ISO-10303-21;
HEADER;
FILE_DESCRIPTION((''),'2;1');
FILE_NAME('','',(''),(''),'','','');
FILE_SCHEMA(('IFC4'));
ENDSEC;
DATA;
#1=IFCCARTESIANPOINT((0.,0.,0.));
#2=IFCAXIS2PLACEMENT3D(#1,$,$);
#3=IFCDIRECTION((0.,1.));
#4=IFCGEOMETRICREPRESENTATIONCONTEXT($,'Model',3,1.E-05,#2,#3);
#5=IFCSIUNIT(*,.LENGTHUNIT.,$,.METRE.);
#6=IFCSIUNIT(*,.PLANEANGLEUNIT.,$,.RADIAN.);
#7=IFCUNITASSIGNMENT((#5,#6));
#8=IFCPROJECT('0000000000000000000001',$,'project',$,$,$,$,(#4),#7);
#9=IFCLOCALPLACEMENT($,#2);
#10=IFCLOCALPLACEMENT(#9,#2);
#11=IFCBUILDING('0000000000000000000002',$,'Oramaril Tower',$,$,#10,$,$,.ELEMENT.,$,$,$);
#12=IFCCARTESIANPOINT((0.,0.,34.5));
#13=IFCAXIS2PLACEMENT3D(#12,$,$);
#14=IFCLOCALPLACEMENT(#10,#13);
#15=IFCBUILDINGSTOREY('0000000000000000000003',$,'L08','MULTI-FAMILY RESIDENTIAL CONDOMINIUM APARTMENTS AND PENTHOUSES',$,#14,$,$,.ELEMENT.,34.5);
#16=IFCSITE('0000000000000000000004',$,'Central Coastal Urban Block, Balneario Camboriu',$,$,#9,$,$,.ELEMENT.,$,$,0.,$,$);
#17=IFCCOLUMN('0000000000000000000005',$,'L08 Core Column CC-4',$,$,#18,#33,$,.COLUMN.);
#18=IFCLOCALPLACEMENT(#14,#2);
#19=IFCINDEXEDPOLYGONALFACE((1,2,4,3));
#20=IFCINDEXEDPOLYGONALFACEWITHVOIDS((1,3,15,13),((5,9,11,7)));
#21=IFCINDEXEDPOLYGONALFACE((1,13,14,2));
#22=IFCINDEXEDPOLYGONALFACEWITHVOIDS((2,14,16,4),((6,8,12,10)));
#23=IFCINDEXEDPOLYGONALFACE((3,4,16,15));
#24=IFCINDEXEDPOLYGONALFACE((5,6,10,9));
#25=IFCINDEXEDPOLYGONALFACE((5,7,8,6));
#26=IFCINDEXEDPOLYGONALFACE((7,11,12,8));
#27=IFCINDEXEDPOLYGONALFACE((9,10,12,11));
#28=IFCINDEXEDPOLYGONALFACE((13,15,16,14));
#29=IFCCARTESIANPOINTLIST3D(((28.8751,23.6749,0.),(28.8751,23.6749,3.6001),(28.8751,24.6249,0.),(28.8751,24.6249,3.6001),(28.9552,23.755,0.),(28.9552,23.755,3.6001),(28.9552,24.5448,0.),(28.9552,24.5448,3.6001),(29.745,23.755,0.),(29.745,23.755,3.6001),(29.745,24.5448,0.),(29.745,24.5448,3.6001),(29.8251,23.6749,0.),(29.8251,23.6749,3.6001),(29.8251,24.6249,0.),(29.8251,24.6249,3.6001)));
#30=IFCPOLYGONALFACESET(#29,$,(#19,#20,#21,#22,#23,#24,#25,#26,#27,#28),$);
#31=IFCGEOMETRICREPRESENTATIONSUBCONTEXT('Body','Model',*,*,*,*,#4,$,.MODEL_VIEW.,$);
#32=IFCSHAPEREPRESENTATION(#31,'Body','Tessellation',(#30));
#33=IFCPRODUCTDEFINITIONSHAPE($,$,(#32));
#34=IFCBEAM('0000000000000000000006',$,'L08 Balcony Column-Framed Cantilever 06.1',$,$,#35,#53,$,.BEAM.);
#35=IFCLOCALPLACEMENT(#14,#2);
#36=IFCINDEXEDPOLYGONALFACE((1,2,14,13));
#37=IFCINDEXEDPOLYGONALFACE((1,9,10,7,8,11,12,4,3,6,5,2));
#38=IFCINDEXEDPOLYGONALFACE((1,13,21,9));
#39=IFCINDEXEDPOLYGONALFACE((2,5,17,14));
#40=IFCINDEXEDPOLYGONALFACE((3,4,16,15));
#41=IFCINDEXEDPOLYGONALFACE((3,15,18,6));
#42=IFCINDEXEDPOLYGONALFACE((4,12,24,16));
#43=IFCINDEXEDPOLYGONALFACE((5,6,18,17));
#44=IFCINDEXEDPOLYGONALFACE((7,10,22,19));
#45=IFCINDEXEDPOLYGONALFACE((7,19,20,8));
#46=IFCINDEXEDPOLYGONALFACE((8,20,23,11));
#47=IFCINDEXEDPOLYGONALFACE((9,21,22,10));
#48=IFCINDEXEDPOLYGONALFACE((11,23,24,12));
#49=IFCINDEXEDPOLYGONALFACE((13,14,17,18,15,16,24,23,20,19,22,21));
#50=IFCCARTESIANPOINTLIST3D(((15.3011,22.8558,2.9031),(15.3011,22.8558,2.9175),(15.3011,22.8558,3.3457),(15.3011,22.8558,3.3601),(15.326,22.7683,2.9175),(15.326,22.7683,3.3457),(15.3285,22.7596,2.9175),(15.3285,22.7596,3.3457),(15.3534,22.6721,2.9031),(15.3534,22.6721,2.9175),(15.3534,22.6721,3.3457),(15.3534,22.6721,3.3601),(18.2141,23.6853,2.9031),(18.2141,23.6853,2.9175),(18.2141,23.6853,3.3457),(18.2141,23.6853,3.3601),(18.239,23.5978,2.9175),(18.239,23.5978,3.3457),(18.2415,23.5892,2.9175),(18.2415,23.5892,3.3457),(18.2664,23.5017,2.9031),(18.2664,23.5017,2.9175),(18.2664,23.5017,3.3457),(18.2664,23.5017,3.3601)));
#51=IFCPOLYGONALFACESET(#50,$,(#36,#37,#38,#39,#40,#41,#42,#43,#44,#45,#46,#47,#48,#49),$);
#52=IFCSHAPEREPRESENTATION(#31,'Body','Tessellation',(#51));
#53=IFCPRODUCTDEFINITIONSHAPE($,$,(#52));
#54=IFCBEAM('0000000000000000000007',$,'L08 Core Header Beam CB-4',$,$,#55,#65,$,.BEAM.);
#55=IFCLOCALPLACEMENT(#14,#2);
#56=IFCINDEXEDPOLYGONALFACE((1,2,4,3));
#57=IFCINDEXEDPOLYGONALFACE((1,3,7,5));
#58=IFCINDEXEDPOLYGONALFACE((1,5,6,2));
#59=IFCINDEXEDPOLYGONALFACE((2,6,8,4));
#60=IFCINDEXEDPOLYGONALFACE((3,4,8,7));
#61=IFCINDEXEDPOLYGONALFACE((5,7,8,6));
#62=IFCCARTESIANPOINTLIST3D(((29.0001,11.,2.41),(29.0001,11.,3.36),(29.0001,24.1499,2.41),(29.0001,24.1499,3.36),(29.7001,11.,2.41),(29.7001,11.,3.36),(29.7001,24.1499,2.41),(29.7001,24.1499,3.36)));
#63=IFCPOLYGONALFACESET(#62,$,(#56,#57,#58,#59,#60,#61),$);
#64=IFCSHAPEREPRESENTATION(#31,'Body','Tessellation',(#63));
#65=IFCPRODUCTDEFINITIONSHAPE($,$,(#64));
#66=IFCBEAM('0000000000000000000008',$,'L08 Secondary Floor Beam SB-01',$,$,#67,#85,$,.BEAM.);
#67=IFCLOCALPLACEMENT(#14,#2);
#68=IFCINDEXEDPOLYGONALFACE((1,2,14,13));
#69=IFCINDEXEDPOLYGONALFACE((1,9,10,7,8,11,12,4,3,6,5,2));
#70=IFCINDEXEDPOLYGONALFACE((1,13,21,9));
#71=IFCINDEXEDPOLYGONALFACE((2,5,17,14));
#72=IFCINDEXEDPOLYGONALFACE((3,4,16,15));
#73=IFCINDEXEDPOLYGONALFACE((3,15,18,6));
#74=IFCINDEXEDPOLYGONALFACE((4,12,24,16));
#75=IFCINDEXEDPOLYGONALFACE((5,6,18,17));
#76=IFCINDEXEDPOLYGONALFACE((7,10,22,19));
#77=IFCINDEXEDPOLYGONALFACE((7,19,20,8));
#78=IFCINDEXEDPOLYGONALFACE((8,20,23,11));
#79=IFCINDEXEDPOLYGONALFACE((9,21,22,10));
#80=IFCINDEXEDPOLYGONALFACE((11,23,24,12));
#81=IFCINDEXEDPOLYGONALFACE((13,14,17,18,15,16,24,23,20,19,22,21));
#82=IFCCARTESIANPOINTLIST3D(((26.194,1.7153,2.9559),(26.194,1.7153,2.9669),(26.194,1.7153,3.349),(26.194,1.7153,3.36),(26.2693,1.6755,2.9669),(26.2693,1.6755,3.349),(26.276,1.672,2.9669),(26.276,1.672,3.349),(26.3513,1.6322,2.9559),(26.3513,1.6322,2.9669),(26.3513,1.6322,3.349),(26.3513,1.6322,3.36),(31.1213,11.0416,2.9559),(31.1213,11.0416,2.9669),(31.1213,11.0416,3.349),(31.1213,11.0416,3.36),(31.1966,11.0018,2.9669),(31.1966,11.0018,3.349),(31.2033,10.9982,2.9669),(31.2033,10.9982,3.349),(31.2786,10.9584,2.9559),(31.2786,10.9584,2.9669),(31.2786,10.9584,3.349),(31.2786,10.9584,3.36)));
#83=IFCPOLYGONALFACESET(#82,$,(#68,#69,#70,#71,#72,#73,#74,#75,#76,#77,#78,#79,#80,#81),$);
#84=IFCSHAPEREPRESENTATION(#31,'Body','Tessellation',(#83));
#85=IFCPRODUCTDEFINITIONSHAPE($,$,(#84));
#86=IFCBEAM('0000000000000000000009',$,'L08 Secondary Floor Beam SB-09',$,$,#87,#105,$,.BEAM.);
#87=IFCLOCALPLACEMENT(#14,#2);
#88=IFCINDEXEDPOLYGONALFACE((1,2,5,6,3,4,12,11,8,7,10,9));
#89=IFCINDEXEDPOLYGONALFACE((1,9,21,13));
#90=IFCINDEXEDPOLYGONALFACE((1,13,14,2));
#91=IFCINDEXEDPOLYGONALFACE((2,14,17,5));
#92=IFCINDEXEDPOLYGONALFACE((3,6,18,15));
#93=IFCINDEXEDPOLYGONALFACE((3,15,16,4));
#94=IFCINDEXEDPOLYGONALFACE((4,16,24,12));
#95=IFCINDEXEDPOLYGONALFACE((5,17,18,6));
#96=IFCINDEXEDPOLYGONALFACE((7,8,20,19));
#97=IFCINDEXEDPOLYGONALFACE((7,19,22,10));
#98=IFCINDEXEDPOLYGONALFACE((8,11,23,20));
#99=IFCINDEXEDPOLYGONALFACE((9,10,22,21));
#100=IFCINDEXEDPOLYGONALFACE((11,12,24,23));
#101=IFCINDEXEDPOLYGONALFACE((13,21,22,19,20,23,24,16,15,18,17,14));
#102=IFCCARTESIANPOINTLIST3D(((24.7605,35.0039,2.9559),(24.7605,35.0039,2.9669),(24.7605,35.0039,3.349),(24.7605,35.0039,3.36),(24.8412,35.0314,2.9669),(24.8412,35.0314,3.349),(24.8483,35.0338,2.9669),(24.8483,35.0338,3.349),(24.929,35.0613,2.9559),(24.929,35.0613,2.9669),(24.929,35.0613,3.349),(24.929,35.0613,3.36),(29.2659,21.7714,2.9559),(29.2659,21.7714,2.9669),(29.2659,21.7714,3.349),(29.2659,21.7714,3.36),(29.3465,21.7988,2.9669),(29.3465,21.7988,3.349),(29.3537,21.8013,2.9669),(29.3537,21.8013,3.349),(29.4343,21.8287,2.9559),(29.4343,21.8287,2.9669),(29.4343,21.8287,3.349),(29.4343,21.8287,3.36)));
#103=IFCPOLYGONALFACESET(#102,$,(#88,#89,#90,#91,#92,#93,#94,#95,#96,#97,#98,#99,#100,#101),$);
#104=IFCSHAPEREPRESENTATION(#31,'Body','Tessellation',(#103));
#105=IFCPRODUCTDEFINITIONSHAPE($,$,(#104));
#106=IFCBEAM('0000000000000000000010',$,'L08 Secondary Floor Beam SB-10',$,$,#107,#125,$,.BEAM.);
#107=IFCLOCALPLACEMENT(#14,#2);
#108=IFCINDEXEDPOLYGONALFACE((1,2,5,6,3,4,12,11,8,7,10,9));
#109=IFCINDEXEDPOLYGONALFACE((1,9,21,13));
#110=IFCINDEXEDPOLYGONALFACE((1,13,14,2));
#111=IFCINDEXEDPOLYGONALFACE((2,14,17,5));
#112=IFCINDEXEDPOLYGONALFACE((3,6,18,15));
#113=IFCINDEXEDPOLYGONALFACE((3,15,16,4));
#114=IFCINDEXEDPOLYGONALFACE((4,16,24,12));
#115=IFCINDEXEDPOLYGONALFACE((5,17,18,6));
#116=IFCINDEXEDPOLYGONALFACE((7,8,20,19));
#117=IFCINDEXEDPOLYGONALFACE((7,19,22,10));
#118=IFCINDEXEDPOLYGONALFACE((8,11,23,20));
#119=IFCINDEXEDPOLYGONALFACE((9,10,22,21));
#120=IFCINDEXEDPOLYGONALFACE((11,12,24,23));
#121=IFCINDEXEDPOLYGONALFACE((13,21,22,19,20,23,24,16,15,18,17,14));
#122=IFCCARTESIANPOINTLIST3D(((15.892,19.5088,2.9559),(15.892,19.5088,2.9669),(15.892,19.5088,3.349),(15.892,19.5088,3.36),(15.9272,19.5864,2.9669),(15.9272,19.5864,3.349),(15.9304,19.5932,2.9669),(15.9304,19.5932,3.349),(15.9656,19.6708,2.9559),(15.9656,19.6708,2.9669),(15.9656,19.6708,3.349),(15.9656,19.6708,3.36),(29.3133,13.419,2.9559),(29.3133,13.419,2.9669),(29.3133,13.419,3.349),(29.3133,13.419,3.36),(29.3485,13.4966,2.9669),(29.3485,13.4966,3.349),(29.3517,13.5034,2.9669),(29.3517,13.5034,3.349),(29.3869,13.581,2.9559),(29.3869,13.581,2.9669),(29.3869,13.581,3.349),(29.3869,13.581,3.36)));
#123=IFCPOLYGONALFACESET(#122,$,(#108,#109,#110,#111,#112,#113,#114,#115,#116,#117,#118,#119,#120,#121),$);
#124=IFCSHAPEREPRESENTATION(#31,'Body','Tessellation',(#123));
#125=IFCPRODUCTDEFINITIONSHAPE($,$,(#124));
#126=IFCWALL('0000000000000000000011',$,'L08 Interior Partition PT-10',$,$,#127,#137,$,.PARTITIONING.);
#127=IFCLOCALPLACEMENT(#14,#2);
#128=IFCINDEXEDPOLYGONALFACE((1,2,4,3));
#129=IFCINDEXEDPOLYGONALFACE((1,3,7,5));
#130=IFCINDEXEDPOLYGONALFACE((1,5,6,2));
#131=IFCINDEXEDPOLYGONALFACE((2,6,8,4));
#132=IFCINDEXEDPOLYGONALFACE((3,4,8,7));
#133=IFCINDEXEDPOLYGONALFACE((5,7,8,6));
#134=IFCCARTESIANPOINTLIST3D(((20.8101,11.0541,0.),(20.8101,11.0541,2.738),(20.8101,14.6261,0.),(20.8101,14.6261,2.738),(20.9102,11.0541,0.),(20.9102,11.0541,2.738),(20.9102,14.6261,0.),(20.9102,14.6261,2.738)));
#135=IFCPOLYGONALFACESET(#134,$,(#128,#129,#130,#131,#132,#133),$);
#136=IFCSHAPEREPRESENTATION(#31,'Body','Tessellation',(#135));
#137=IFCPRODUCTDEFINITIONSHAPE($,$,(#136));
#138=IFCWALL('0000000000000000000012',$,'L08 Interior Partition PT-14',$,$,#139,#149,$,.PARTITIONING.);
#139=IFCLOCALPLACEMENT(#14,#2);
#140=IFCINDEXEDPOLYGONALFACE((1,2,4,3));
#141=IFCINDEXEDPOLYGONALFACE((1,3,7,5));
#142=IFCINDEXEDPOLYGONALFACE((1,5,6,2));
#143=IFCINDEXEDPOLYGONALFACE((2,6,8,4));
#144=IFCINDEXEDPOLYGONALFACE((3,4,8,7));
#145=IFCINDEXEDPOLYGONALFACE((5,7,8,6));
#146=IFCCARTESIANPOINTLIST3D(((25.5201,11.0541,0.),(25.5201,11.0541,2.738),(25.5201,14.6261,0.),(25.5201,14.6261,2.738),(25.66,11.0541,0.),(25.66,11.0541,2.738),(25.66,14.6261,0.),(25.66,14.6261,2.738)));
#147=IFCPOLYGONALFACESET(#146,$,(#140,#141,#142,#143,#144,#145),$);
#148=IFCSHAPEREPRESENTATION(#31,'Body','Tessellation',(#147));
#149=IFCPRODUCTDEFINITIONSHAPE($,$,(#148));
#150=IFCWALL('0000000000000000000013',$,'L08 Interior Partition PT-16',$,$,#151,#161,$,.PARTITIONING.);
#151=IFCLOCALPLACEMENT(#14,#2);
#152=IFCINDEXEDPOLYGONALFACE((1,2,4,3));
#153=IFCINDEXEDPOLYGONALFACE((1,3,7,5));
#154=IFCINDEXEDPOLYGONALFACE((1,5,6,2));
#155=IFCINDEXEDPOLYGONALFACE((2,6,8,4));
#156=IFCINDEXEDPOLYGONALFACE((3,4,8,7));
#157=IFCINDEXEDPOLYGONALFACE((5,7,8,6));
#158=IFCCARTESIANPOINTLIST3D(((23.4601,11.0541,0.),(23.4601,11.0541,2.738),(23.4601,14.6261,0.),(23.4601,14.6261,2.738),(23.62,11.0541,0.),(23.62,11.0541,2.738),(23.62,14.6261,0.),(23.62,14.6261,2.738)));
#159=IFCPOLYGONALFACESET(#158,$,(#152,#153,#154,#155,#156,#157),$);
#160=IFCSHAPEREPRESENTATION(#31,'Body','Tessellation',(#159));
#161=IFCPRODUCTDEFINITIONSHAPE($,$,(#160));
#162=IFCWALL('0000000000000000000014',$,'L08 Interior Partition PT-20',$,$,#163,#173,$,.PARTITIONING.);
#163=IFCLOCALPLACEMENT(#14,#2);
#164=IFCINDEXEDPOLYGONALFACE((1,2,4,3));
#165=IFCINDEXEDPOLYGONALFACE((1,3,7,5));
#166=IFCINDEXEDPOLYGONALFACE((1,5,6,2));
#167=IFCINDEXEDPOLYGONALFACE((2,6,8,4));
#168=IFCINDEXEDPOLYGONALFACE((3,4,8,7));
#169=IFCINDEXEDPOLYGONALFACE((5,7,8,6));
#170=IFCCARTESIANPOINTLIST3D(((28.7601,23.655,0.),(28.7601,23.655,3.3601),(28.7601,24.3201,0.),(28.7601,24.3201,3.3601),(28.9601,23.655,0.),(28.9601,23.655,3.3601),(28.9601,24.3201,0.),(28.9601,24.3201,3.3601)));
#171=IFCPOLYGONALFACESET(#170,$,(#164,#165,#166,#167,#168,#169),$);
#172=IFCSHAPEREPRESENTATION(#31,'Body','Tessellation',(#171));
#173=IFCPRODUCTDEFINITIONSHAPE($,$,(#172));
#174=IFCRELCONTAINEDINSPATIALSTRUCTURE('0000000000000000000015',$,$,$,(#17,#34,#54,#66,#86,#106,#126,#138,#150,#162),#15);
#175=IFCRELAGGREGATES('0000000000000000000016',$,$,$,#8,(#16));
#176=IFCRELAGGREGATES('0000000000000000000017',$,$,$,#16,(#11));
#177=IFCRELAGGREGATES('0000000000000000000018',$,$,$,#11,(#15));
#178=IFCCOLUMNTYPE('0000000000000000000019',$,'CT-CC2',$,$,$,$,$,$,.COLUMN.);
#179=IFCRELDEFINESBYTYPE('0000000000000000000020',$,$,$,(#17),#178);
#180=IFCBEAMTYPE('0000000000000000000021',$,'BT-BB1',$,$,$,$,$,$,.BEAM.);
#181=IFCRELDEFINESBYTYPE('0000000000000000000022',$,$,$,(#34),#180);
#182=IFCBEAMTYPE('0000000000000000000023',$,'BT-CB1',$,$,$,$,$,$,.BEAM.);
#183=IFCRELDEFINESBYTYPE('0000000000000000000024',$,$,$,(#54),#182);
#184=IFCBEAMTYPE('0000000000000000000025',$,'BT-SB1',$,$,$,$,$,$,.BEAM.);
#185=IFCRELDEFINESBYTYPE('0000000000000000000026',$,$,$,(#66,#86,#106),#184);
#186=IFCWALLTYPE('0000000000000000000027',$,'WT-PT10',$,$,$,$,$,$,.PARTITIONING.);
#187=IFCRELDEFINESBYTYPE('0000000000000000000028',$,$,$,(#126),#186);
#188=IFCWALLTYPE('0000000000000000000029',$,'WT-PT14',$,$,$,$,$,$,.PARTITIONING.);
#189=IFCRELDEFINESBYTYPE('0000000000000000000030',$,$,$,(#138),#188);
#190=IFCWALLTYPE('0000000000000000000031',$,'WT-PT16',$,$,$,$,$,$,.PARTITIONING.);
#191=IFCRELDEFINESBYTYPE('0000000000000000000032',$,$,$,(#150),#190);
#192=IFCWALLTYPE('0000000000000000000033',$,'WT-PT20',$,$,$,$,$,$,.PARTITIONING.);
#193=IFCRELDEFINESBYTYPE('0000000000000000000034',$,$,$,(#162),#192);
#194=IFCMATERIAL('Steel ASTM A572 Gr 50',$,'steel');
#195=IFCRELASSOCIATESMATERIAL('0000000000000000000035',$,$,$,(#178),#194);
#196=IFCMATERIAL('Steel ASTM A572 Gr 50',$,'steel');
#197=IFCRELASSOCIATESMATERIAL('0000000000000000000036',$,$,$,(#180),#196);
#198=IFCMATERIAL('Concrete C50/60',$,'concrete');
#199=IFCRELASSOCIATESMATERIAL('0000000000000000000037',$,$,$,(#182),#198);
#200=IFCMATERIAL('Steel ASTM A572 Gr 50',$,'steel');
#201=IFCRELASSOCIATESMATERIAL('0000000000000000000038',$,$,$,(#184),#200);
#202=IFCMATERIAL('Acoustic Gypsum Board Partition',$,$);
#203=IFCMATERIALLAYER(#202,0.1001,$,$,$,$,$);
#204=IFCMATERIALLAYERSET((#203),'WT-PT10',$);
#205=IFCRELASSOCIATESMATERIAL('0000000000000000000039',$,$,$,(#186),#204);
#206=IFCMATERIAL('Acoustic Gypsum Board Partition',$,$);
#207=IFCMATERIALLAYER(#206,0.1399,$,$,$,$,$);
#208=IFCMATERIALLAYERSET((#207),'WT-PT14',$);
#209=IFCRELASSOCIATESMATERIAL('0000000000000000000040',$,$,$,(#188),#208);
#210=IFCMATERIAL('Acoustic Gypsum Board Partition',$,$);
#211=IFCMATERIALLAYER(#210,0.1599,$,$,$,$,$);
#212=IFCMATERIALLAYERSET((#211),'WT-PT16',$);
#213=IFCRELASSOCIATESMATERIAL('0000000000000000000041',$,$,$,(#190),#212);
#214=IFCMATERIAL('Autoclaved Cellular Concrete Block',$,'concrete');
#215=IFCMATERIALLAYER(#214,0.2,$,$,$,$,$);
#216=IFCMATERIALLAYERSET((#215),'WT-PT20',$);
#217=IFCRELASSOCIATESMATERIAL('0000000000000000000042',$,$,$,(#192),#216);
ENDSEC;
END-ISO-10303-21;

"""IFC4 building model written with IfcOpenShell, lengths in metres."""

from ifc_helpers import new_model, si_unit, direction, frame, frame_2d, origin, origin_2d, place, context, subcontext, project, spatial, rectangle, hollow_rectangle, i_section, extrude, material, layer, layer_set, material_profile, profile_set, type_object, element, save


model = new_model("IFC4")

# Units and contexts
model_context = context("Model", 3, precision=1e-05, world=origin(), true_north=direction((0.0, 1.0)))
body_context = subcontext(model_context, "Body", "Model", "MODEL_VIEW")
ifc_project = project(units=[si_unit("LENGTHUNIT", "METRE"), si_unit("PLANEANGLEUNIT", "RADIAN")], contexts=[model_context])

# Site, building, storey
site_placement = place(None, origin())
site = spatial("IfcSite", under=ifc_project, at=site_placement, Name="Central Coastal Urban Block, Balneario Camboriu", CompositionType="ELEMENT", RefElevation=0.0)
building_placement = place(site_placement, origin())
building = spatial("IfcBuilding", under=site, at=building_placement, Name="Oramaril Tower", CompositionType="ELEMENT")
storey_placement = place(building_placement, frame((0.0, 0.0, 34.5)))
storey = spatial("IfcBuildingStorey", under=building, at=storey_placement, Name="L08", Description="MULTI-FAMILY RESIDENTIAL CONDOMINIUM APARTMENTS AND PENTHOUSES", CompositionType="ELEMENT", Elevation=34.5)

# Column
ifc_material_1 = material(Name="Steel ASTM A572 Gr 50", Category="steel")
ifc_material_profile_1 = material_profile(ifc_material_1, hollow_rectangle(XDim=0.95, YDim=0.95, WallThickness=0.0801, at=origin_2d()), Name="BOX950X950X80")
ifc_profile_set_1 = profile_set([ifc_material_profile_1], Name="Steel ASTM A572 Gr 50")
column_type = type_object("IfcColumnType", Name="CT-CC2", PredefinedType="COLUMN", material=ifc_profile_set_1)
column_placement = place(storey_placement, frame((29.3501, 24.1499, 0.0), z_axis=(0.0, 0.0, 1.0), x_axis=(1.0, 0.0, 0.0)))
element("IfcColumn", 1, at=column_placement, inside=storey, type_object=column_type, Name="L08 Core Column CC-4", PredefinedType="COLUMN", context=body_context, shape_type="SweptSolid", body=[
    extrude(hollow_rectangle(XDim=0.95, YDim=0.95, WallThickness=0.0801, at=origin_2d()), origin(), (0.0, 0.0, 1.0), 3.6001),
])

# Beams
ifc_material_2 = material(Name="Steel ASTM A572 Gr 50", Category="steel")
ifc_material_profile_2 = material_profile(ifc_material_2, i_section(OverallWidth=0.1909, OverallDepth=0.457, WebThickness=0.009, FlangeThickness=0.0144, at=origin_2d()), Name="W18X50")
ifc_profile_set_2 = profile_set([ifc_material_profile_2], Name="Steel ASTM A572 Gr 50")
beam_type_1 = type_object("IfcBeamType", Name="BT-BB1", PredefinedType="BEAM", material=ifc_profile_set_2)
beam_1_placement = place(storey_placement, frame((18.2402, 23.5935, 3.1316), z_axis=(-0.961761, -0.273891, 0.0), x_axis=(0.273891, -0.961761, 0.0)))
element("IfcBeam", 2, at=beam_1_placement, inside=storey, type_object=beam_type_1, Name="L08 Balcony Column-Framed Cantilever 06.1", PredefinedType="BEAM", context=body_context, shape_type="SweptSolid", body=[
    extrude(i_section(OverallWidth=0.1909, OverallDepth=0.457, WebThickness=0.009, FlangeThickness=0.0144, at=origin_2d()), origin(), (0.0, 0.0, 1.0), 3.0288),
])
ifc_material_3 = material(Name="Concrete C50/60", Category="concrete")
ifc_material_profile_3 = material_profile(ifc_material_3, rectangle(XDim=0.7, YDim=0.95, at=origin_2d()), Name="CB700X950")
ifc_profile_set_3 = profile_set([ifc_material_profile_3], Name="Concrete C50/60")
beam_type_2 = type_object("IfcBeamType", Name="BT-CB1", PredefinedType="BEAM", material=ifc_profile_set_3)
beam_2_placement = place(storey_placement, frame((29.3501, 24.1499, 2.885), z_axis=(0.0, -1.0, 0.0), x_axis=(1.0, 0.0, 0.0)))
element("IfcBeam", 3, at=beam_2_placement, inside=storey, type_object=beam_type_2, Name="L08 Core Header Beam CB-4", PredefinedType="BEAM", context=body_context, shape_type="SweptSolid", body=[
    extrude(rectangle(XDim=0.7, YDim=0.95, at=origin_2d()), origin(), (0.0, 0.0, 1.0), 13.1499),
])
ifc_material_4 = material(Name="Steel ASTM A572 Gr 50", Category="steel")
ifc_material_profile_4 = material_profile(ifc_material_4, i_section(OverallWidth=0.178, OverallDepth=0.4041, WebThickness=0.0076, FlangeThickness=0.011, at=origin_2d()), Name="W16X36")
ifc_profile_set_4 = profile_set([ifc_material_profile_4], Name="Steel ASTM A572 Gr 50")
beam_type_3 = type_object("IfcBeamType", Name="BT-SB1", PredefinedType="BEAM", material=ifc_profile_set_4)
beam_3_placement = place(storey_placement, frame((31.2, 11.0, 3.158), z_axis=(-0.467137, -0.884185, 0.0), x_axis=(0.884185, -0.467137, 0.0)))
element("IfcBeam", 4, at=beam_3_placement, inside=storey, type_object=beam_type_3, Name="L08 Secondary Floor Beam SB-01", PredefinedType="BEAM", context=body_context, shape_type="SweptSolid", body=[
    extrude(i_section(OverallWidth=0.178, OverallDepth=0.4041, WebThickness=0.0076, FlangeThickness=0.011, at=origin_2d()), origin(), (0.0, 0.0, 1.0), 10.5479),
])
beam_4_placement = place(storey_placement, frame((29.3501, 21.8, 3.158), z_axis=(-0.322304, 0.946636, 0.0), x_axis=(-0.946636, -0.322304, 0.0)))
element("IfcBeam", 5, at=beam_4_placement, inside=storey, type_object=beam_type_3, Name="L08 Secondary Floor Beam SB-09", PredefinedType="BEAM", context=body_context, shape_type="SweptSolid", body=[
    extrude(i_section(OverallWidth=0.178, OverallDepth=0.4041, WebThickness=0.0076, FlangeThickness=0.011, at=origin_2d()), origin(), (0.0, 0.0, 1.0), 13.9785),
])
beam_5_placement = place(storey_placement, frame((29.3501, 13.5, 3.158), z_axis=(-0.910642, 0.413196, 0.0), x_axis=(-0.413196, -0.910642, 0.0)))
element("IfcBeam", 6, at=beam_5_placement, inside=storey, type_object=beam_type_3, Name="L08 Secondary Floor Beam SB-10", PredefinedType="BEAM", context=body_context, shape_type="SweptSolid", body=[
    extrude(i_section(OverallWidth=0.178, OverallDepth=0.4041, WebThickness=0.0076, FlangeThickness=0.011, at=origin_2d()), origin(), (0.0, 0.0, 1.0), 14.7383),
])

# Walls
ifc_material_5 = material(Name="Acoustic Gypsum Board Partition")
ifc_layer_1 = layer(ifc_material_5, 0.1001)
ifc_layer_set_1 = layer_set([ifc_layer_1], Name="WT-PT10")
wall_type_1 = type_object("IfcWallType", Name="WT-PT10", PredefinedType="PARTITIONING", material=ifc_layer_set_1)
wall_1_placement = place(storey_placement, frame((20.8601, 11.054, 0.0), z_axis=(0.0, 0.0, 1.0), x_axis=(0.0, 1.0, 0.0)))
element("IfcWall", 7, at=wall_1_placement, inside=storey, type_object=wall_type_1, Name="L08 Interior Partition PT-10", PredefinedType="PARTITIONING", context=body_context, shape_type="SweptSolid", body=[
    extrude(rectangle(XDim=3.572, YDim=0.1001, at=frame_2d((1.7861, 0.0))), origin(), (0.0, 0.0, 1.0), 2.738),
])
ifc_material_6 = material(Name="Acoustic Gypsum Board Partition")
ifc_layer_2 = layer(ifc_material_6, 0.1399)
ifc_layer_set_2 = layer_set([ifc_layer_2], Name="WT-PT14")
wall_type_2 = type_object("IfcWallType", Name="WT-PT14", PredefinedType="PARTITIONING", material=ifc_layer_set_2)
wall_2_placement = place(storey_placement, frame((25.5901, 11.054, 0.0), z_axis=(0.0, 0.0, 1.0), x_axis=(0.0, 1.0, 0.0)))
element("IfcWall", 8, at=wall_2_placement, inside=storey, type_object=wall_type_2, Name="L08 Interior Partition PT-14", PredefinedType="PARTITIONING", context=body_context, shape_type="SweptSolid", body=[
    extrude(rectangle(XDim=3.572, YDim=0.1399, at=frame_2d((1.7861, 0.0))), origin(), (0.0, 0.0, 1.0), 2.738),
])
ifc_material_7 = material(Name="Acoustic Gypsum Board Partition")
ifc_layer_3 = layer(ifc_material_7, 0.1599)
ifc_layer_set_3 = layer_set([ifc_layer_3], Name="WT-PT16")
wall_type_3 = type_object("IfcWallType", Name="WT-PT16", PredefinedType="PARTITIONING", material=ifc_layer_set_3)
wall_3_placement = place(storey_placement, frame((23.54, 11.054, 0.0), z_axis=(0.0, 0.0, 1.0), x_axis=(0.0, 1.0, 0.0)))
element("IfcWall", 9, at=wall_3_placement, inside=storey, type_object=wall_type_3, Name="L08 Interior Partition PT-16", PredefinedType="PARTITIONING", context=body_context, shape_type="SweptSolid", body=[
    extrude(rectangle(XDim=3.572, YDim=0.1599, at=frame_2d((1.7861, 0.0))), origin(), (0.0, 0.0, 1.0), 2.738),
])

# Shared definitions
ifc_material_8 = material(Name="Autoclaved Cellular Concrete Block", Category="concrete")
ifc_layer_4 = layer(ifc_material_8, 0.2)
ifc_layer_set_4 = layer_set([ifc_layer_4], Name="WT-PT20")
wall_type_4 = type_object("IfcWallType", Name="WT-PT20", PredefinedType="PARTITIONING", material=ifc_layer_set_4)

# Wall
wall_4_placement = place(storey_placement, frame((28.8601, 23.655, 0.0), z_axis=(0.0, 0.0, 1.0), x_axis=(0.0, 1.0, 0.0)))
element("IfcWall", 10, at=wall_4_placement, inside=storey, type_object=wall_type_4, Name="L08 Interior Partition PT-20", PredefinedType="PARTITIONING", context=body_context, shape_type="SweptSolid", body=[
    extrude(rectangle(XDim=0.665, YDim=0.2, at=frame_2d((0.3325, 0.0))), origin(), (0.0, 0.0, 1.0), 3.3601),
])

save(model, "model.ifc")
